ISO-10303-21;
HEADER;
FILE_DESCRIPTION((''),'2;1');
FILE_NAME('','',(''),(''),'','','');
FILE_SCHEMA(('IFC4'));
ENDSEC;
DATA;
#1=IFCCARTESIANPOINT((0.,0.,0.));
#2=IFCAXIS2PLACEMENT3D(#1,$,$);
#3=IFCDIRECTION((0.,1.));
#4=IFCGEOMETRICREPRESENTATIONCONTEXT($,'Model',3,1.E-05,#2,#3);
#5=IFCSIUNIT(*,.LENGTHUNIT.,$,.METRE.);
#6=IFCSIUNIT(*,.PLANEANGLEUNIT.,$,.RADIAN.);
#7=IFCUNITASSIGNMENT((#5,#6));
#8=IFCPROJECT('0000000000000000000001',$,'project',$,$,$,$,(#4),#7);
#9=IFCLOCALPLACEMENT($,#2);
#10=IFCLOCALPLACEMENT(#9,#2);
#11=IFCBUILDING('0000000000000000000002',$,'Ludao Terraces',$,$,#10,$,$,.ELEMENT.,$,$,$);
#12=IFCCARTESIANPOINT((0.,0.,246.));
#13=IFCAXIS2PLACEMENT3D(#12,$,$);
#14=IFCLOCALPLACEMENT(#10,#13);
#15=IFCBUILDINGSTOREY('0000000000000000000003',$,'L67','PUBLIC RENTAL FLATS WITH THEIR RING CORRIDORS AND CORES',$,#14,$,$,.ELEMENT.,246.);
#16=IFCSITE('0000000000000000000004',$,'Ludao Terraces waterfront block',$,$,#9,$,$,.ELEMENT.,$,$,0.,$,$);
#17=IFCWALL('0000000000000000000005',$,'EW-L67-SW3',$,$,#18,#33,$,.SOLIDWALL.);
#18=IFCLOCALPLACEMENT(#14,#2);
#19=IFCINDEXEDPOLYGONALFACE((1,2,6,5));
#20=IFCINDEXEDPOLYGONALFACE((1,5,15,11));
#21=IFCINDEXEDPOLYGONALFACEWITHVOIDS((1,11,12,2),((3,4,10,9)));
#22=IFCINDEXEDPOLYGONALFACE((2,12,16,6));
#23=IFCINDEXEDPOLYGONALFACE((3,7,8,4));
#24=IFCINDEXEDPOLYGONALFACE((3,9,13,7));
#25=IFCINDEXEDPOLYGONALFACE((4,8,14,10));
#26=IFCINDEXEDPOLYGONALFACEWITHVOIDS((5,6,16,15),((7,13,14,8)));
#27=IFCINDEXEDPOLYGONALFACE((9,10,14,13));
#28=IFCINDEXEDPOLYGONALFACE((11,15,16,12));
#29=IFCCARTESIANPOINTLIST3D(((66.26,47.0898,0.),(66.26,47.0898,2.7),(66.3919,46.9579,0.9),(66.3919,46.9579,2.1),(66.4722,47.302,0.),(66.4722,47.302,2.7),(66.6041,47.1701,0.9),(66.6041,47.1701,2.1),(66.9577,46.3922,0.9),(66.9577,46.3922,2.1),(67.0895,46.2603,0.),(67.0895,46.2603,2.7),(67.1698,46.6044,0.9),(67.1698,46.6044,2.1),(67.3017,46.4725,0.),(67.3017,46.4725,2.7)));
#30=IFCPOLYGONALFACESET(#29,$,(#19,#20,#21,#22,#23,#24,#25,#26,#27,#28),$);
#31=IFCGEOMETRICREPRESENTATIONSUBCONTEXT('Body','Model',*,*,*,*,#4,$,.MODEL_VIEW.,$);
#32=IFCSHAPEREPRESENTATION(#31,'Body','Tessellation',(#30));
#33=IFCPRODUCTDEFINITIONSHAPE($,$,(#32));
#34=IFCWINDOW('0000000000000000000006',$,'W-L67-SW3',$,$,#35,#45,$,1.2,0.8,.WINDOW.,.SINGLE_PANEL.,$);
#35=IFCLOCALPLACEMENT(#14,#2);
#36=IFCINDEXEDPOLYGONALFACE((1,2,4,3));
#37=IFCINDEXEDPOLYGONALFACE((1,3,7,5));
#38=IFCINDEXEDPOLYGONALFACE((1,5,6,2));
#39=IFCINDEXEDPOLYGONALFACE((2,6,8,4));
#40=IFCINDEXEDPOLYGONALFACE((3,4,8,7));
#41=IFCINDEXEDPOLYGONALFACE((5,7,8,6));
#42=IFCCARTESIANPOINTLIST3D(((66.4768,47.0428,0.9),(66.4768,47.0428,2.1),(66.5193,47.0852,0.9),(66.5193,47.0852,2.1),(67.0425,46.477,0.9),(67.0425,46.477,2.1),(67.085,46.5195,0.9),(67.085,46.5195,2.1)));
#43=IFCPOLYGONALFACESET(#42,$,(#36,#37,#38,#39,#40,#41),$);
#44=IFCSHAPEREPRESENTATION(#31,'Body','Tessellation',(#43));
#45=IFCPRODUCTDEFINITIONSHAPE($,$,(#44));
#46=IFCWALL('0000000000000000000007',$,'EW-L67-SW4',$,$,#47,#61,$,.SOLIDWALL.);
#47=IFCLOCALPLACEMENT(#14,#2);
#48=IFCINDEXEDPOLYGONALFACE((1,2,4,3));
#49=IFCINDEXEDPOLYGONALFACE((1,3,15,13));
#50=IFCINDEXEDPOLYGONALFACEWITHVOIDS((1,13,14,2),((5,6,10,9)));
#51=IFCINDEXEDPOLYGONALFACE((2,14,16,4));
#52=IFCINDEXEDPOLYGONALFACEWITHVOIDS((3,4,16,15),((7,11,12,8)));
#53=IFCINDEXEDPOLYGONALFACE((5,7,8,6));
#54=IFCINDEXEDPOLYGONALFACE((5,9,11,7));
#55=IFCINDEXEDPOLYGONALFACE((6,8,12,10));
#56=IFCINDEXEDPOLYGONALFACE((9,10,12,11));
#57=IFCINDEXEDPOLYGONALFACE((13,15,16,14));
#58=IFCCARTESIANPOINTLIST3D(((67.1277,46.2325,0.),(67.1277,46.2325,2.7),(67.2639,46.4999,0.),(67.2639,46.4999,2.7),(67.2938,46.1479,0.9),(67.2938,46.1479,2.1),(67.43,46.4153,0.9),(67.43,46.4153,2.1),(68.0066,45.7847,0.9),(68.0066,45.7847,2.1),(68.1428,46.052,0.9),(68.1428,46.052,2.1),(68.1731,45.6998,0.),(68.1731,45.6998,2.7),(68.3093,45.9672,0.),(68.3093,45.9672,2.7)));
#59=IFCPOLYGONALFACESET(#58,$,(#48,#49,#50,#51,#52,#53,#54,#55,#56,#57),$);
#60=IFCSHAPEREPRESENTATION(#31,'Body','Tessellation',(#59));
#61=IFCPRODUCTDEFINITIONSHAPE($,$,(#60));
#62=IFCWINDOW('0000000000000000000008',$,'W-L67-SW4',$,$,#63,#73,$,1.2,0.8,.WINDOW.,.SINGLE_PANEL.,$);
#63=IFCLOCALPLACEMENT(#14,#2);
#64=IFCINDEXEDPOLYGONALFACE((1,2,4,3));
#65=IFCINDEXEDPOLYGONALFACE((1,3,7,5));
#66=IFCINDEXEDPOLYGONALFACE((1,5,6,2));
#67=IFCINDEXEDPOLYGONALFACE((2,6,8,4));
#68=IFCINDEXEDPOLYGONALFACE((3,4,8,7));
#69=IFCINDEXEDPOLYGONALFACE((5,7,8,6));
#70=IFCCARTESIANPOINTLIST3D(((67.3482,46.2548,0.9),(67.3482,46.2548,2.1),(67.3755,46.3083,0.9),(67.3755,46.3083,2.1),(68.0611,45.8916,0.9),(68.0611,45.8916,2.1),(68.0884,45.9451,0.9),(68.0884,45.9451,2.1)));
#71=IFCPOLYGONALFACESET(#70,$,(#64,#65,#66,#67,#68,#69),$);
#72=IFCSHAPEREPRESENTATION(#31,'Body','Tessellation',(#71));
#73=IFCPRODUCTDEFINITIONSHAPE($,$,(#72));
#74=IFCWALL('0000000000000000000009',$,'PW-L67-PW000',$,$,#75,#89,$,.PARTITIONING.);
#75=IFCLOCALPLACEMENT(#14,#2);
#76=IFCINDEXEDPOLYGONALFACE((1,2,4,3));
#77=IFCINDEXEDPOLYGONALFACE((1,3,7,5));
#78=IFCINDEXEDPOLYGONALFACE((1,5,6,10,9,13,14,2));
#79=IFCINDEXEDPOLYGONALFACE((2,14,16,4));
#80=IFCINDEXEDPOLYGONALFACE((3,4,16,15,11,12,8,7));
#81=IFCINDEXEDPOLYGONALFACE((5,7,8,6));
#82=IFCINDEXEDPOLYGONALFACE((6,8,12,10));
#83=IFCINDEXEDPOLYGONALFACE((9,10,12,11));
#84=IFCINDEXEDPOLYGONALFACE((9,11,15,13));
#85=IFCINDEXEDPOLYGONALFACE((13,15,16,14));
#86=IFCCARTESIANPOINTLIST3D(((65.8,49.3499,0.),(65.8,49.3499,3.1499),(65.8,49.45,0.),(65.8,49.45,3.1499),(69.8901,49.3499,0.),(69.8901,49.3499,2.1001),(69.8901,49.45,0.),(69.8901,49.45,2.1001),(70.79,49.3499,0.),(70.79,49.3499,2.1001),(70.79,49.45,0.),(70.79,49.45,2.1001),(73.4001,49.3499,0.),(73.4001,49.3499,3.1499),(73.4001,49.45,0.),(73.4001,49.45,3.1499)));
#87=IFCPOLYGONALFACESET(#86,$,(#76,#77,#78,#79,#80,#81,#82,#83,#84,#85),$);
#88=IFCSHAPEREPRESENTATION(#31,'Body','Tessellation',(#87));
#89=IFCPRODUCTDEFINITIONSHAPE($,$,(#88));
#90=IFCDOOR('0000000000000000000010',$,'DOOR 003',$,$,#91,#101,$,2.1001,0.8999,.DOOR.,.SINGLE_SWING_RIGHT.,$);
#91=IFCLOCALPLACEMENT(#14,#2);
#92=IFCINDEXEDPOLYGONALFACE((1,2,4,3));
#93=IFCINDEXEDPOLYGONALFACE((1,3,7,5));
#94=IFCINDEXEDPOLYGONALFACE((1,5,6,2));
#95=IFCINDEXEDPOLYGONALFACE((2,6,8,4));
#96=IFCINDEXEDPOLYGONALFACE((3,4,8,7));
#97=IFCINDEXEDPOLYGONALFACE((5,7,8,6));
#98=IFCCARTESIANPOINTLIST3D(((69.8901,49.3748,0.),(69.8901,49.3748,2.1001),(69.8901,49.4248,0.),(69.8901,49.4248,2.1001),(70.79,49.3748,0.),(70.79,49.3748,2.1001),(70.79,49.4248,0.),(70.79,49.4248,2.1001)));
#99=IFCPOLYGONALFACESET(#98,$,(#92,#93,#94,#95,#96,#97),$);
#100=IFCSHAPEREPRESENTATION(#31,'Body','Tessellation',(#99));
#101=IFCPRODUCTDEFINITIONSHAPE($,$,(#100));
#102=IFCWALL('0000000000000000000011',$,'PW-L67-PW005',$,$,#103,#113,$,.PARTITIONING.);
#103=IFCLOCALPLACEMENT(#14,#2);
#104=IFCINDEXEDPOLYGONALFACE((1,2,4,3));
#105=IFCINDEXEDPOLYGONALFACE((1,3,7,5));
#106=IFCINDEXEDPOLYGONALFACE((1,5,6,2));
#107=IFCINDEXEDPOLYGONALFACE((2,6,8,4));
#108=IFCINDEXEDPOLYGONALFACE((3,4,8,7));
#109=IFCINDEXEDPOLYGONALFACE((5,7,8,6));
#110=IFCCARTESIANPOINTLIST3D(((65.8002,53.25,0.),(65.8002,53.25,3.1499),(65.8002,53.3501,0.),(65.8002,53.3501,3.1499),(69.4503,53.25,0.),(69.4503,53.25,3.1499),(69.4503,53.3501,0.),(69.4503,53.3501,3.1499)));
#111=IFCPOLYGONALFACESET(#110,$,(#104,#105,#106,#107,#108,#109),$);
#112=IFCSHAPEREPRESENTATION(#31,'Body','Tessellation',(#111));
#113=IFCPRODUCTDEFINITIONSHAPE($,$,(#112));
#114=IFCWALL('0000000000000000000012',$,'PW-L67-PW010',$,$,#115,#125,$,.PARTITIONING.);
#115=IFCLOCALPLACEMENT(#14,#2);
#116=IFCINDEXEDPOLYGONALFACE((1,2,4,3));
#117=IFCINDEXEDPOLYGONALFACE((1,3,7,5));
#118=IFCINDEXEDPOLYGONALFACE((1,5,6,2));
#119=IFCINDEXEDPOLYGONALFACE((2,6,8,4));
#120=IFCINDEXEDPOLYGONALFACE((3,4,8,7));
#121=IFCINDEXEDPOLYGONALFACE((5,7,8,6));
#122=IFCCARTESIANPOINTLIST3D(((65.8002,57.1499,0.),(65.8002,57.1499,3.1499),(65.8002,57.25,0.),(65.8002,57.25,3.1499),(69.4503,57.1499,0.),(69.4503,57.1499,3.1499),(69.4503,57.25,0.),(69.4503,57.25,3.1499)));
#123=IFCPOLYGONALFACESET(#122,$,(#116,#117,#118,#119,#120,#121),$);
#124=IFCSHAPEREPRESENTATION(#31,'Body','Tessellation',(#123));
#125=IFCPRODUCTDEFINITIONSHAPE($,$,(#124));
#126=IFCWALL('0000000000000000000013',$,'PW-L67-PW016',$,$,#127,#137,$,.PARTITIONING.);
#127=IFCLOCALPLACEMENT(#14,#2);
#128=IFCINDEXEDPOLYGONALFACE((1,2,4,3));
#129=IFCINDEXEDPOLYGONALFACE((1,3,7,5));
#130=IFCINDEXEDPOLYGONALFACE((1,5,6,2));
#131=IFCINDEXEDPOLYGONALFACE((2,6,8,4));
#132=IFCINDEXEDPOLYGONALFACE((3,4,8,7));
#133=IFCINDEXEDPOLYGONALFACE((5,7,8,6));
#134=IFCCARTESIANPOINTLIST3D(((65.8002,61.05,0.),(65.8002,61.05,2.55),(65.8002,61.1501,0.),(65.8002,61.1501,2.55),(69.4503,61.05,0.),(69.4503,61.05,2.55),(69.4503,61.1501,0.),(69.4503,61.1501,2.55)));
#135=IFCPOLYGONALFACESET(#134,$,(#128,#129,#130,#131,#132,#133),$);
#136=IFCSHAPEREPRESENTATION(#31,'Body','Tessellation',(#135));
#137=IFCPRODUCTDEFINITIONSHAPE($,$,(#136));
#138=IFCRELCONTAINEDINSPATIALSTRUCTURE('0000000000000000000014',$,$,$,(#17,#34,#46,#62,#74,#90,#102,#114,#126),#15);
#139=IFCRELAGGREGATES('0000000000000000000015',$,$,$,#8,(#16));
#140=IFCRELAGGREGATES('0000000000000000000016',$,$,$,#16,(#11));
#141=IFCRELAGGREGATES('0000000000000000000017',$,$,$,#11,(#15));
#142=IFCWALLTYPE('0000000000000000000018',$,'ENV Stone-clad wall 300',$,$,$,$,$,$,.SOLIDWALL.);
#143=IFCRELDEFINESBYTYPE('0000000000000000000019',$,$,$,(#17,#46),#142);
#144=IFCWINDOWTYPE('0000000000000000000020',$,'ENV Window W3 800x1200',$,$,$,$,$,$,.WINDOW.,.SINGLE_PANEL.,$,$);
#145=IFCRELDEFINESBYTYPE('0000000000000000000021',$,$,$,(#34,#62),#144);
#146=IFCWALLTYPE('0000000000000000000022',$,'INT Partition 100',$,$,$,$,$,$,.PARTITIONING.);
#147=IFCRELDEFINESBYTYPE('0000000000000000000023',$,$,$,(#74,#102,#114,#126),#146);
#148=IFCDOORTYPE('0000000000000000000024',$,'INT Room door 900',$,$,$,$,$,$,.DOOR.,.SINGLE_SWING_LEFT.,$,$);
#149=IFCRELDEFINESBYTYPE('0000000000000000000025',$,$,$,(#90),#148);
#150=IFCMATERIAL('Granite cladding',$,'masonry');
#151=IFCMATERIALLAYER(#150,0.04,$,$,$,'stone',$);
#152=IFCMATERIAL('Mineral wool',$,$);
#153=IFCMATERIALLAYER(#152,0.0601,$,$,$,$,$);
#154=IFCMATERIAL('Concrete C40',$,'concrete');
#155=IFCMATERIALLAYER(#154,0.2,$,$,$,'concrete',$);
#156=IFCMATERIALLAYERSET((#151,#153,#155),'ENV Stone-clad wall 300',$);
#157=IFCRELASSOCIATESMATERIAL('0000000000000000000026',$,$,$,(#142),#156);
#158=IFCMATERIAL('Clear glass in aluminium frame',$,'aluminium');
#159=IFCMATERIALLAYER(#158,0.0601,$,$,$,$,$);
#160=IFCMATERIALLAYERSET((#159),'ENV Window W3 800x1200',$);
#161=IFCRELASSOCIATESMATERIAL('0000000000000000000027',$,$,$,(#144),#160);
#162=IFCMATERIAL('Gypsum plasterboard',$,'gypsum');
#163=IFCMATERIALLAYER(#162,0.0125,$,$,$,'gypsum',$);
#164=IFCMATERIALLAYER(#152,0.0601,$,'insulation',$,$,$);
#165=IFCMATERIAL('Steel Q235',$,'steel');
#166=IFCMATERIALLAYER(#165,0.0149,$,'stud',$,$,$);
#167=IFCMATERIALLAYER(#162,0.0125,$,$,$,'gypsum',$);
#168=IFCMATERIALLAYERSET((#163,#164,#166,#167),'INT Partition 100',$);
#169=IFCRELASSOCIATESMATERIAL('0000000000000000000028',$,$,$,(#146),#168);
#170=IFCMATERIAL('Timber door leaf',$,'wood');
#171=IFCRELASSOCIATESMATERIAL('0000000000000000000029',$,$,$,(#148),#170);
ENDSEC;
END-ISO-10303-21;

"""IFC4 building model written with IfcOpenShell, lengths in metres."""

from ifc_helpers import new_model, si_unit, direction, frame, frame_2d, origin, place, context, subcontext, project, spatial, rectangle, extrude, material, layer, layer_set, type_object, element, fill, save


model = new_model("IFC4")

# Units and contexts
model_context = context("Model", 3, precision=1e-05, world=origin(), true_north=direction((0.0, 1.0)))
body_context = subcontext(model_context, "Body", "Model", "MODEL_VIEW")
ifc_project = project(units=[si_unit("LENGTHUNIT", "METRE"), si_unit("PLANEANGLEUNIT", "RADIAN")], contexts=[model_context])

# Site, building, storey
site_placement = place(None, origin())
site = spatial("IfcSite", under=ifc_project, at=site_placement, Name="Ludao Terraces waterfront block", CompositionType="ELEMENT", RefElevation=0.0)
building_placement = place(site_placement, origin())
building = spatial("IfcBuilding", under=site, at=building_placement, Name="Ludao Terraces", CompositionType="ELEMENT")
storey_placement = place(building_placement, frame((0.0, 0.0, 246.0)))
storey = spatial("IfcBuildingStorey", under=building, at=storey_placement, Name="L67", Description="PUBLIC RENTAL FLATS WITH THEIR RING CORRIDORS AND CORES", CompositionType="ELEMENT", Elevation=246.0)

# Shared definitions
ifc_material_1 = material(Name="Concrete C40", Category="concrete")

# Shared definitions
ifc_material_2 = material(Name="Granite cladding", Category="masonry")
ifc_layer_1 = layer(ifc_material_2, 0.04, Category="stone")
ifc_material_3 = material(Name="Mineral wool")
ifc_layer_2 = layer(ifc_material_3, 0.0601)
ifc_layer_3 = layer(ifc_material_1, 0.2, Category="concrete")
ifc_layer_set_1 = layer_set([ifc_layer_1, ifc_layer_2, ifc_layer_3], Name="ENV Stone-clad wall 300")
wall_type_1 = type_object("IfcWallType", Name="ENV Stone-clad wall 300", PredefinedType="SOLIDWALL", material=ifc_layer_set_1)
ifc_material_4 = material(Name="Clear glass in aluminium frame", Category="aluminium")

# Walls, openings, windows
ifc_layer_4 = layer(ifc_material_4, 0.0601)
ifc_layer_set_2 = layer_set([ifc_layer_4], Name="ENV Window W3 800x1200")
window_type_1 = type_object("IfcWindowType", Name="ENV Window W3 800x1200", PartitioningType="SINGLE_PANEL", PredefinedType="WINDOW", material=ifc_layer_set_2)
wall_1_placement = place(storey_placement, frame((66.3662, 47.1958, 0.0), z_axis=(0.0, 0.0, 1.0), x_axis=(0.707107, -0.707107, 0.0)))
wall_1 = element("IfcWall", 1, at=wall_1_placement, inside=storey, type_object=wall_type_1, Name="EW-L67-SW3", PredefinedType="SOLIDWALL", context=body_context, shape_type="SweptSolid", body=[
    extrude(rectangle(XDim=1.1731, YDim=0.3, at=frame_2d((0.5864, 0.0))), origin(), (0.0, 0.0, 1.0), 2.7),
])
opening_1_placement = place(wall_1_placement, frame((0.1865, 0.0, 0.8999)))
opening_1 = element("IfcOpeningElement", 2, at=opening_1_placement, cuts=wall_1, PredefinedType="OPENING", context=body_context, shape_type="SweptSolid", body=[
    extrude(rectangle(XDim=0.8, YDim=1.2, at=frame_2d((0.3999, 0.6001))), frame((0.0, 0.1602, 0.0), z_axis=(0.0, -1.0, 0.0), x_axis=(1.0, 0.0, 0.0)), (0.0, 0.0, 1.0), 0.3201),
])
window_1_placement = place(opening_1_placement, origin())
window_1 = element("IfcWindow", 3, at=window_1_placement, inside=storey, type_object=window_type_1, Name="W-L67-SW3", OverallHeight=1.2, OverallWidth=0.8, PartitioningType="SINGLE_PANEL", PredefinedType="WINDOW", context=body_context, shape_type="SweptSolid", body=[
    extrude(rectangle(XDim=0.8, YDim=1.2, at=frame_2d((0.3999, 0.6001))), frame((0.0, 0.03, 0.0), z_axis=(0.0, -1.0, 0.0), x_axis=(1.0, 0.0, 0.0)), (0.0, 0.0, 1.0), 0.0601),
])
fill(opening_1, window_1)
wall_2_placement = place(storey_placement, frame((67.1958, 46.3662, 0.0), z_axis=(0.0, 0.0, 1.0), x_axis=(0.890989, -0.454026, 0.0)))
wall_2 = element("IfcWall", 4, at=wall_2_placement, inside=storey, type_object=wall_type_1, Name="EW-L67-SW4", PredefinedType="SOLIDWALL", context=body_context, shape_type="SweptSolid", body=[
    extrude(rectangle(XDim=1.1733, YDim=0.3, at=frame_2d((0.5867, 0.0))), origin(), (0.0, 0.0, 1.0), 2.7),
])
opening_2_placement = place(wall_2_placement, frame((0.1865, 0.0, 0.8999)))
opening_2 = element("IfcOpeningElement", 5, at=opening_2_placement, cuts=wall_2, PredefinedType="OPENING", context=body_context, shape_type="SweptSolid", body=[
    extrude(rectangle(XDim=0.8, YDim=1.2, at=frame_2d((0.3999, 0.6001))), frame((0.0, 0.1602, 0.0), z_axis=(0.0, -1.0, 0.0), x_axis=(1.0, 0.0, 0.0)), (0.0, 0.0, 1.0), 0.3201),
])
window_2_placement = place(opening_2_placement, origin())
window_2 = element("IfcWindow", 6, at=window_2_placement, inside=storey, type_object=window_type_1, Name="W-L67-SW4", OverallHeight=1.2, OverallWidth=0.8, PartitioningType="SINGLE_PANEL", PredefinedType="WINDOW", context=body_context, shape_type="SweptSolid", body=[
    extrude(rectangle(XDim=0.8, YDim=1.2, at=frame_2d((0.3999, 0.6001))), frame((0.0, 0.03, 0.0), z_axis=(0.0, -1.0, 0.0), x_axis=(1.0, 0.0, 0.0)), (0.0, 0.0, 1.0), 0.0601),
])
fill(opening_2, window_2)

# Wall, opening, door
ifc_material_5 = material(Name="Gypsum plasterboard", Category="gypsum")
ifc_layer_5 = layer(ifc_material_5, 0.0125, Category="gypsum")
ifc_layer_6 = layer(ifc_material_3, 0.0601, Name="insulation")
ifc_material_6 = material(Name="Steel Q235", Category="steel")
ifc_layer_7 = layer(ifc_material_6, 0.0149, Name="stud")
ifc_layer_8 = layer(ifc_material_5, 0.0125, Category="gypsum")
ifc_layer_set_3 = layer_set([ifc_layer_5, ifc_layer_6, ifc_layer_7, ifc_layer_8], Name="INT Partition 100")
wall_type_2 = type_object("IfcWallType", Name="INT Partition 100", PredefinedType="PARTITIONING", material=ifc_layer_set_3)
wall_3_placement = place(storey_placement, frame((65.8, 49.3999, 0.0), z_axis=(0.0, 0.0, 1.0), x_axis=(1.0, 0.0, 0.0)))
wall_3 = element("IfcWall", 7, at=wall_3_placement, inside=storey, type_object=wall_type_2, Name="PW-L67-PW000", PredefinedType="PARTITIONING", context=body_context, shape_type="SweptSolid", body=[
    extrude(rectangle(XDim=7.6001, YDim=0.1001, at=frame_2d((3.8, 0.0))), origin(), (0.0, 0.0, 1.0), 3.1499),
])
opening_3_placement = place(wall_3_placement, frame((4.0901, 0.0, 0.0)))
opening_3 = element("IfcOpeningElement", 8, at=opening_3_placement, cuts=wall_3, PredefinedType="OPENING", context=body_context, shape_type="SweptSolid", body=[
    extrude(rectangle(XDim=0.8999, YDim=2.1001, at=frame_2d((0.45, 1.05))), frame((0.0, 0.0601, 0.0), z_axis=(0.0, -1.0, 0.0), x_axis=(1.0, 0.0, 0.0)), (0.0, 0.0, 1.0), 0.1201),
])
ifc_material_7 = material(Name="Timber door leaf", Category="wood")
door_type_1 = type_object("IfcDoorType", Name="INT Room door 900", OperationType="SINGLE_SWING_LEFT", PredefinedType="DOOR", material=ifc_material_7)
door_1_placement = place(opening_3_placement, origin())
door_1 = element("IfcDoor", 9, at=door_1_placement, inside=storey, type_object=door_type_1, Name="DOOR 003", OperationType="SINGLE_SWING_RIGHT", OverallHeight=2.1001, OverallWidth=0.8999, PredefinedType="DOOR", context=body_context, shape_type="SweptSolid", body=[
    extrude(rectangle(XDim=0.8999, YDim=2.1001, at=frame_2d((0.45, 1.05))), frame((0.0, 0.0249, 0.0), z_axis=(0.0, -1.0, 0.0), x_axis=(1.0, 0.0, 0.0)), (0.0, 0.0, 1.0), 0.05),
])
fill(opening_3, door_1)

# Walls
for number, where, z_axis, x_axis, name in (
    (10, (65.8, 53.3, 0.0), (0.0, 0.0, 1.0), (1.0, 0.0, 0.0), "PW-L67-PW005"),
    (11, (65.8, 57.2, 0.0), (0.0, 0.0, 1.0), (1.0, 0.0, 0.0), "PW-L67-PW010"),
):
    element("IfcWall", number, at=place(storey_placement, frame(where, z_axis=z_axis, x_axis=x_axis)), inside=storey, type_object=wall_type_2, Name=name, PredefinedType="PARTITIONING", context=body_context, shape_type="SweptSolid", body=[
        extrude(rectangle(XDim=3.6501, YDim=0.1001, at=frame_2d((1.8252, 0.0))), origin(), (0.0, 0.0, 1.0), 3.1499),
    ])
wall_4_placement = place(storey_placement, frame((65.8, 61.1001, 0.0), z_axis=(0.0, 0.0, 1.0), x_axis=(1.0, 0.0, 0.0)))
element("IfcWall", 12, at=wall_4_placement, inside=storey, type_object=wall_type_2, Name="PW-L67-PW016", PredefinedType="PARTITIONING", context=body_context, shape_type="SweptSolid", body=[
    extrude(rectangle(XDim=3.6501, YDim=0.1001, at=frame_2d((1.8252, 0.0))), origin(), (0.0, 0.0, 1.0), 2.55),
])

save(model, "model.ifc")
